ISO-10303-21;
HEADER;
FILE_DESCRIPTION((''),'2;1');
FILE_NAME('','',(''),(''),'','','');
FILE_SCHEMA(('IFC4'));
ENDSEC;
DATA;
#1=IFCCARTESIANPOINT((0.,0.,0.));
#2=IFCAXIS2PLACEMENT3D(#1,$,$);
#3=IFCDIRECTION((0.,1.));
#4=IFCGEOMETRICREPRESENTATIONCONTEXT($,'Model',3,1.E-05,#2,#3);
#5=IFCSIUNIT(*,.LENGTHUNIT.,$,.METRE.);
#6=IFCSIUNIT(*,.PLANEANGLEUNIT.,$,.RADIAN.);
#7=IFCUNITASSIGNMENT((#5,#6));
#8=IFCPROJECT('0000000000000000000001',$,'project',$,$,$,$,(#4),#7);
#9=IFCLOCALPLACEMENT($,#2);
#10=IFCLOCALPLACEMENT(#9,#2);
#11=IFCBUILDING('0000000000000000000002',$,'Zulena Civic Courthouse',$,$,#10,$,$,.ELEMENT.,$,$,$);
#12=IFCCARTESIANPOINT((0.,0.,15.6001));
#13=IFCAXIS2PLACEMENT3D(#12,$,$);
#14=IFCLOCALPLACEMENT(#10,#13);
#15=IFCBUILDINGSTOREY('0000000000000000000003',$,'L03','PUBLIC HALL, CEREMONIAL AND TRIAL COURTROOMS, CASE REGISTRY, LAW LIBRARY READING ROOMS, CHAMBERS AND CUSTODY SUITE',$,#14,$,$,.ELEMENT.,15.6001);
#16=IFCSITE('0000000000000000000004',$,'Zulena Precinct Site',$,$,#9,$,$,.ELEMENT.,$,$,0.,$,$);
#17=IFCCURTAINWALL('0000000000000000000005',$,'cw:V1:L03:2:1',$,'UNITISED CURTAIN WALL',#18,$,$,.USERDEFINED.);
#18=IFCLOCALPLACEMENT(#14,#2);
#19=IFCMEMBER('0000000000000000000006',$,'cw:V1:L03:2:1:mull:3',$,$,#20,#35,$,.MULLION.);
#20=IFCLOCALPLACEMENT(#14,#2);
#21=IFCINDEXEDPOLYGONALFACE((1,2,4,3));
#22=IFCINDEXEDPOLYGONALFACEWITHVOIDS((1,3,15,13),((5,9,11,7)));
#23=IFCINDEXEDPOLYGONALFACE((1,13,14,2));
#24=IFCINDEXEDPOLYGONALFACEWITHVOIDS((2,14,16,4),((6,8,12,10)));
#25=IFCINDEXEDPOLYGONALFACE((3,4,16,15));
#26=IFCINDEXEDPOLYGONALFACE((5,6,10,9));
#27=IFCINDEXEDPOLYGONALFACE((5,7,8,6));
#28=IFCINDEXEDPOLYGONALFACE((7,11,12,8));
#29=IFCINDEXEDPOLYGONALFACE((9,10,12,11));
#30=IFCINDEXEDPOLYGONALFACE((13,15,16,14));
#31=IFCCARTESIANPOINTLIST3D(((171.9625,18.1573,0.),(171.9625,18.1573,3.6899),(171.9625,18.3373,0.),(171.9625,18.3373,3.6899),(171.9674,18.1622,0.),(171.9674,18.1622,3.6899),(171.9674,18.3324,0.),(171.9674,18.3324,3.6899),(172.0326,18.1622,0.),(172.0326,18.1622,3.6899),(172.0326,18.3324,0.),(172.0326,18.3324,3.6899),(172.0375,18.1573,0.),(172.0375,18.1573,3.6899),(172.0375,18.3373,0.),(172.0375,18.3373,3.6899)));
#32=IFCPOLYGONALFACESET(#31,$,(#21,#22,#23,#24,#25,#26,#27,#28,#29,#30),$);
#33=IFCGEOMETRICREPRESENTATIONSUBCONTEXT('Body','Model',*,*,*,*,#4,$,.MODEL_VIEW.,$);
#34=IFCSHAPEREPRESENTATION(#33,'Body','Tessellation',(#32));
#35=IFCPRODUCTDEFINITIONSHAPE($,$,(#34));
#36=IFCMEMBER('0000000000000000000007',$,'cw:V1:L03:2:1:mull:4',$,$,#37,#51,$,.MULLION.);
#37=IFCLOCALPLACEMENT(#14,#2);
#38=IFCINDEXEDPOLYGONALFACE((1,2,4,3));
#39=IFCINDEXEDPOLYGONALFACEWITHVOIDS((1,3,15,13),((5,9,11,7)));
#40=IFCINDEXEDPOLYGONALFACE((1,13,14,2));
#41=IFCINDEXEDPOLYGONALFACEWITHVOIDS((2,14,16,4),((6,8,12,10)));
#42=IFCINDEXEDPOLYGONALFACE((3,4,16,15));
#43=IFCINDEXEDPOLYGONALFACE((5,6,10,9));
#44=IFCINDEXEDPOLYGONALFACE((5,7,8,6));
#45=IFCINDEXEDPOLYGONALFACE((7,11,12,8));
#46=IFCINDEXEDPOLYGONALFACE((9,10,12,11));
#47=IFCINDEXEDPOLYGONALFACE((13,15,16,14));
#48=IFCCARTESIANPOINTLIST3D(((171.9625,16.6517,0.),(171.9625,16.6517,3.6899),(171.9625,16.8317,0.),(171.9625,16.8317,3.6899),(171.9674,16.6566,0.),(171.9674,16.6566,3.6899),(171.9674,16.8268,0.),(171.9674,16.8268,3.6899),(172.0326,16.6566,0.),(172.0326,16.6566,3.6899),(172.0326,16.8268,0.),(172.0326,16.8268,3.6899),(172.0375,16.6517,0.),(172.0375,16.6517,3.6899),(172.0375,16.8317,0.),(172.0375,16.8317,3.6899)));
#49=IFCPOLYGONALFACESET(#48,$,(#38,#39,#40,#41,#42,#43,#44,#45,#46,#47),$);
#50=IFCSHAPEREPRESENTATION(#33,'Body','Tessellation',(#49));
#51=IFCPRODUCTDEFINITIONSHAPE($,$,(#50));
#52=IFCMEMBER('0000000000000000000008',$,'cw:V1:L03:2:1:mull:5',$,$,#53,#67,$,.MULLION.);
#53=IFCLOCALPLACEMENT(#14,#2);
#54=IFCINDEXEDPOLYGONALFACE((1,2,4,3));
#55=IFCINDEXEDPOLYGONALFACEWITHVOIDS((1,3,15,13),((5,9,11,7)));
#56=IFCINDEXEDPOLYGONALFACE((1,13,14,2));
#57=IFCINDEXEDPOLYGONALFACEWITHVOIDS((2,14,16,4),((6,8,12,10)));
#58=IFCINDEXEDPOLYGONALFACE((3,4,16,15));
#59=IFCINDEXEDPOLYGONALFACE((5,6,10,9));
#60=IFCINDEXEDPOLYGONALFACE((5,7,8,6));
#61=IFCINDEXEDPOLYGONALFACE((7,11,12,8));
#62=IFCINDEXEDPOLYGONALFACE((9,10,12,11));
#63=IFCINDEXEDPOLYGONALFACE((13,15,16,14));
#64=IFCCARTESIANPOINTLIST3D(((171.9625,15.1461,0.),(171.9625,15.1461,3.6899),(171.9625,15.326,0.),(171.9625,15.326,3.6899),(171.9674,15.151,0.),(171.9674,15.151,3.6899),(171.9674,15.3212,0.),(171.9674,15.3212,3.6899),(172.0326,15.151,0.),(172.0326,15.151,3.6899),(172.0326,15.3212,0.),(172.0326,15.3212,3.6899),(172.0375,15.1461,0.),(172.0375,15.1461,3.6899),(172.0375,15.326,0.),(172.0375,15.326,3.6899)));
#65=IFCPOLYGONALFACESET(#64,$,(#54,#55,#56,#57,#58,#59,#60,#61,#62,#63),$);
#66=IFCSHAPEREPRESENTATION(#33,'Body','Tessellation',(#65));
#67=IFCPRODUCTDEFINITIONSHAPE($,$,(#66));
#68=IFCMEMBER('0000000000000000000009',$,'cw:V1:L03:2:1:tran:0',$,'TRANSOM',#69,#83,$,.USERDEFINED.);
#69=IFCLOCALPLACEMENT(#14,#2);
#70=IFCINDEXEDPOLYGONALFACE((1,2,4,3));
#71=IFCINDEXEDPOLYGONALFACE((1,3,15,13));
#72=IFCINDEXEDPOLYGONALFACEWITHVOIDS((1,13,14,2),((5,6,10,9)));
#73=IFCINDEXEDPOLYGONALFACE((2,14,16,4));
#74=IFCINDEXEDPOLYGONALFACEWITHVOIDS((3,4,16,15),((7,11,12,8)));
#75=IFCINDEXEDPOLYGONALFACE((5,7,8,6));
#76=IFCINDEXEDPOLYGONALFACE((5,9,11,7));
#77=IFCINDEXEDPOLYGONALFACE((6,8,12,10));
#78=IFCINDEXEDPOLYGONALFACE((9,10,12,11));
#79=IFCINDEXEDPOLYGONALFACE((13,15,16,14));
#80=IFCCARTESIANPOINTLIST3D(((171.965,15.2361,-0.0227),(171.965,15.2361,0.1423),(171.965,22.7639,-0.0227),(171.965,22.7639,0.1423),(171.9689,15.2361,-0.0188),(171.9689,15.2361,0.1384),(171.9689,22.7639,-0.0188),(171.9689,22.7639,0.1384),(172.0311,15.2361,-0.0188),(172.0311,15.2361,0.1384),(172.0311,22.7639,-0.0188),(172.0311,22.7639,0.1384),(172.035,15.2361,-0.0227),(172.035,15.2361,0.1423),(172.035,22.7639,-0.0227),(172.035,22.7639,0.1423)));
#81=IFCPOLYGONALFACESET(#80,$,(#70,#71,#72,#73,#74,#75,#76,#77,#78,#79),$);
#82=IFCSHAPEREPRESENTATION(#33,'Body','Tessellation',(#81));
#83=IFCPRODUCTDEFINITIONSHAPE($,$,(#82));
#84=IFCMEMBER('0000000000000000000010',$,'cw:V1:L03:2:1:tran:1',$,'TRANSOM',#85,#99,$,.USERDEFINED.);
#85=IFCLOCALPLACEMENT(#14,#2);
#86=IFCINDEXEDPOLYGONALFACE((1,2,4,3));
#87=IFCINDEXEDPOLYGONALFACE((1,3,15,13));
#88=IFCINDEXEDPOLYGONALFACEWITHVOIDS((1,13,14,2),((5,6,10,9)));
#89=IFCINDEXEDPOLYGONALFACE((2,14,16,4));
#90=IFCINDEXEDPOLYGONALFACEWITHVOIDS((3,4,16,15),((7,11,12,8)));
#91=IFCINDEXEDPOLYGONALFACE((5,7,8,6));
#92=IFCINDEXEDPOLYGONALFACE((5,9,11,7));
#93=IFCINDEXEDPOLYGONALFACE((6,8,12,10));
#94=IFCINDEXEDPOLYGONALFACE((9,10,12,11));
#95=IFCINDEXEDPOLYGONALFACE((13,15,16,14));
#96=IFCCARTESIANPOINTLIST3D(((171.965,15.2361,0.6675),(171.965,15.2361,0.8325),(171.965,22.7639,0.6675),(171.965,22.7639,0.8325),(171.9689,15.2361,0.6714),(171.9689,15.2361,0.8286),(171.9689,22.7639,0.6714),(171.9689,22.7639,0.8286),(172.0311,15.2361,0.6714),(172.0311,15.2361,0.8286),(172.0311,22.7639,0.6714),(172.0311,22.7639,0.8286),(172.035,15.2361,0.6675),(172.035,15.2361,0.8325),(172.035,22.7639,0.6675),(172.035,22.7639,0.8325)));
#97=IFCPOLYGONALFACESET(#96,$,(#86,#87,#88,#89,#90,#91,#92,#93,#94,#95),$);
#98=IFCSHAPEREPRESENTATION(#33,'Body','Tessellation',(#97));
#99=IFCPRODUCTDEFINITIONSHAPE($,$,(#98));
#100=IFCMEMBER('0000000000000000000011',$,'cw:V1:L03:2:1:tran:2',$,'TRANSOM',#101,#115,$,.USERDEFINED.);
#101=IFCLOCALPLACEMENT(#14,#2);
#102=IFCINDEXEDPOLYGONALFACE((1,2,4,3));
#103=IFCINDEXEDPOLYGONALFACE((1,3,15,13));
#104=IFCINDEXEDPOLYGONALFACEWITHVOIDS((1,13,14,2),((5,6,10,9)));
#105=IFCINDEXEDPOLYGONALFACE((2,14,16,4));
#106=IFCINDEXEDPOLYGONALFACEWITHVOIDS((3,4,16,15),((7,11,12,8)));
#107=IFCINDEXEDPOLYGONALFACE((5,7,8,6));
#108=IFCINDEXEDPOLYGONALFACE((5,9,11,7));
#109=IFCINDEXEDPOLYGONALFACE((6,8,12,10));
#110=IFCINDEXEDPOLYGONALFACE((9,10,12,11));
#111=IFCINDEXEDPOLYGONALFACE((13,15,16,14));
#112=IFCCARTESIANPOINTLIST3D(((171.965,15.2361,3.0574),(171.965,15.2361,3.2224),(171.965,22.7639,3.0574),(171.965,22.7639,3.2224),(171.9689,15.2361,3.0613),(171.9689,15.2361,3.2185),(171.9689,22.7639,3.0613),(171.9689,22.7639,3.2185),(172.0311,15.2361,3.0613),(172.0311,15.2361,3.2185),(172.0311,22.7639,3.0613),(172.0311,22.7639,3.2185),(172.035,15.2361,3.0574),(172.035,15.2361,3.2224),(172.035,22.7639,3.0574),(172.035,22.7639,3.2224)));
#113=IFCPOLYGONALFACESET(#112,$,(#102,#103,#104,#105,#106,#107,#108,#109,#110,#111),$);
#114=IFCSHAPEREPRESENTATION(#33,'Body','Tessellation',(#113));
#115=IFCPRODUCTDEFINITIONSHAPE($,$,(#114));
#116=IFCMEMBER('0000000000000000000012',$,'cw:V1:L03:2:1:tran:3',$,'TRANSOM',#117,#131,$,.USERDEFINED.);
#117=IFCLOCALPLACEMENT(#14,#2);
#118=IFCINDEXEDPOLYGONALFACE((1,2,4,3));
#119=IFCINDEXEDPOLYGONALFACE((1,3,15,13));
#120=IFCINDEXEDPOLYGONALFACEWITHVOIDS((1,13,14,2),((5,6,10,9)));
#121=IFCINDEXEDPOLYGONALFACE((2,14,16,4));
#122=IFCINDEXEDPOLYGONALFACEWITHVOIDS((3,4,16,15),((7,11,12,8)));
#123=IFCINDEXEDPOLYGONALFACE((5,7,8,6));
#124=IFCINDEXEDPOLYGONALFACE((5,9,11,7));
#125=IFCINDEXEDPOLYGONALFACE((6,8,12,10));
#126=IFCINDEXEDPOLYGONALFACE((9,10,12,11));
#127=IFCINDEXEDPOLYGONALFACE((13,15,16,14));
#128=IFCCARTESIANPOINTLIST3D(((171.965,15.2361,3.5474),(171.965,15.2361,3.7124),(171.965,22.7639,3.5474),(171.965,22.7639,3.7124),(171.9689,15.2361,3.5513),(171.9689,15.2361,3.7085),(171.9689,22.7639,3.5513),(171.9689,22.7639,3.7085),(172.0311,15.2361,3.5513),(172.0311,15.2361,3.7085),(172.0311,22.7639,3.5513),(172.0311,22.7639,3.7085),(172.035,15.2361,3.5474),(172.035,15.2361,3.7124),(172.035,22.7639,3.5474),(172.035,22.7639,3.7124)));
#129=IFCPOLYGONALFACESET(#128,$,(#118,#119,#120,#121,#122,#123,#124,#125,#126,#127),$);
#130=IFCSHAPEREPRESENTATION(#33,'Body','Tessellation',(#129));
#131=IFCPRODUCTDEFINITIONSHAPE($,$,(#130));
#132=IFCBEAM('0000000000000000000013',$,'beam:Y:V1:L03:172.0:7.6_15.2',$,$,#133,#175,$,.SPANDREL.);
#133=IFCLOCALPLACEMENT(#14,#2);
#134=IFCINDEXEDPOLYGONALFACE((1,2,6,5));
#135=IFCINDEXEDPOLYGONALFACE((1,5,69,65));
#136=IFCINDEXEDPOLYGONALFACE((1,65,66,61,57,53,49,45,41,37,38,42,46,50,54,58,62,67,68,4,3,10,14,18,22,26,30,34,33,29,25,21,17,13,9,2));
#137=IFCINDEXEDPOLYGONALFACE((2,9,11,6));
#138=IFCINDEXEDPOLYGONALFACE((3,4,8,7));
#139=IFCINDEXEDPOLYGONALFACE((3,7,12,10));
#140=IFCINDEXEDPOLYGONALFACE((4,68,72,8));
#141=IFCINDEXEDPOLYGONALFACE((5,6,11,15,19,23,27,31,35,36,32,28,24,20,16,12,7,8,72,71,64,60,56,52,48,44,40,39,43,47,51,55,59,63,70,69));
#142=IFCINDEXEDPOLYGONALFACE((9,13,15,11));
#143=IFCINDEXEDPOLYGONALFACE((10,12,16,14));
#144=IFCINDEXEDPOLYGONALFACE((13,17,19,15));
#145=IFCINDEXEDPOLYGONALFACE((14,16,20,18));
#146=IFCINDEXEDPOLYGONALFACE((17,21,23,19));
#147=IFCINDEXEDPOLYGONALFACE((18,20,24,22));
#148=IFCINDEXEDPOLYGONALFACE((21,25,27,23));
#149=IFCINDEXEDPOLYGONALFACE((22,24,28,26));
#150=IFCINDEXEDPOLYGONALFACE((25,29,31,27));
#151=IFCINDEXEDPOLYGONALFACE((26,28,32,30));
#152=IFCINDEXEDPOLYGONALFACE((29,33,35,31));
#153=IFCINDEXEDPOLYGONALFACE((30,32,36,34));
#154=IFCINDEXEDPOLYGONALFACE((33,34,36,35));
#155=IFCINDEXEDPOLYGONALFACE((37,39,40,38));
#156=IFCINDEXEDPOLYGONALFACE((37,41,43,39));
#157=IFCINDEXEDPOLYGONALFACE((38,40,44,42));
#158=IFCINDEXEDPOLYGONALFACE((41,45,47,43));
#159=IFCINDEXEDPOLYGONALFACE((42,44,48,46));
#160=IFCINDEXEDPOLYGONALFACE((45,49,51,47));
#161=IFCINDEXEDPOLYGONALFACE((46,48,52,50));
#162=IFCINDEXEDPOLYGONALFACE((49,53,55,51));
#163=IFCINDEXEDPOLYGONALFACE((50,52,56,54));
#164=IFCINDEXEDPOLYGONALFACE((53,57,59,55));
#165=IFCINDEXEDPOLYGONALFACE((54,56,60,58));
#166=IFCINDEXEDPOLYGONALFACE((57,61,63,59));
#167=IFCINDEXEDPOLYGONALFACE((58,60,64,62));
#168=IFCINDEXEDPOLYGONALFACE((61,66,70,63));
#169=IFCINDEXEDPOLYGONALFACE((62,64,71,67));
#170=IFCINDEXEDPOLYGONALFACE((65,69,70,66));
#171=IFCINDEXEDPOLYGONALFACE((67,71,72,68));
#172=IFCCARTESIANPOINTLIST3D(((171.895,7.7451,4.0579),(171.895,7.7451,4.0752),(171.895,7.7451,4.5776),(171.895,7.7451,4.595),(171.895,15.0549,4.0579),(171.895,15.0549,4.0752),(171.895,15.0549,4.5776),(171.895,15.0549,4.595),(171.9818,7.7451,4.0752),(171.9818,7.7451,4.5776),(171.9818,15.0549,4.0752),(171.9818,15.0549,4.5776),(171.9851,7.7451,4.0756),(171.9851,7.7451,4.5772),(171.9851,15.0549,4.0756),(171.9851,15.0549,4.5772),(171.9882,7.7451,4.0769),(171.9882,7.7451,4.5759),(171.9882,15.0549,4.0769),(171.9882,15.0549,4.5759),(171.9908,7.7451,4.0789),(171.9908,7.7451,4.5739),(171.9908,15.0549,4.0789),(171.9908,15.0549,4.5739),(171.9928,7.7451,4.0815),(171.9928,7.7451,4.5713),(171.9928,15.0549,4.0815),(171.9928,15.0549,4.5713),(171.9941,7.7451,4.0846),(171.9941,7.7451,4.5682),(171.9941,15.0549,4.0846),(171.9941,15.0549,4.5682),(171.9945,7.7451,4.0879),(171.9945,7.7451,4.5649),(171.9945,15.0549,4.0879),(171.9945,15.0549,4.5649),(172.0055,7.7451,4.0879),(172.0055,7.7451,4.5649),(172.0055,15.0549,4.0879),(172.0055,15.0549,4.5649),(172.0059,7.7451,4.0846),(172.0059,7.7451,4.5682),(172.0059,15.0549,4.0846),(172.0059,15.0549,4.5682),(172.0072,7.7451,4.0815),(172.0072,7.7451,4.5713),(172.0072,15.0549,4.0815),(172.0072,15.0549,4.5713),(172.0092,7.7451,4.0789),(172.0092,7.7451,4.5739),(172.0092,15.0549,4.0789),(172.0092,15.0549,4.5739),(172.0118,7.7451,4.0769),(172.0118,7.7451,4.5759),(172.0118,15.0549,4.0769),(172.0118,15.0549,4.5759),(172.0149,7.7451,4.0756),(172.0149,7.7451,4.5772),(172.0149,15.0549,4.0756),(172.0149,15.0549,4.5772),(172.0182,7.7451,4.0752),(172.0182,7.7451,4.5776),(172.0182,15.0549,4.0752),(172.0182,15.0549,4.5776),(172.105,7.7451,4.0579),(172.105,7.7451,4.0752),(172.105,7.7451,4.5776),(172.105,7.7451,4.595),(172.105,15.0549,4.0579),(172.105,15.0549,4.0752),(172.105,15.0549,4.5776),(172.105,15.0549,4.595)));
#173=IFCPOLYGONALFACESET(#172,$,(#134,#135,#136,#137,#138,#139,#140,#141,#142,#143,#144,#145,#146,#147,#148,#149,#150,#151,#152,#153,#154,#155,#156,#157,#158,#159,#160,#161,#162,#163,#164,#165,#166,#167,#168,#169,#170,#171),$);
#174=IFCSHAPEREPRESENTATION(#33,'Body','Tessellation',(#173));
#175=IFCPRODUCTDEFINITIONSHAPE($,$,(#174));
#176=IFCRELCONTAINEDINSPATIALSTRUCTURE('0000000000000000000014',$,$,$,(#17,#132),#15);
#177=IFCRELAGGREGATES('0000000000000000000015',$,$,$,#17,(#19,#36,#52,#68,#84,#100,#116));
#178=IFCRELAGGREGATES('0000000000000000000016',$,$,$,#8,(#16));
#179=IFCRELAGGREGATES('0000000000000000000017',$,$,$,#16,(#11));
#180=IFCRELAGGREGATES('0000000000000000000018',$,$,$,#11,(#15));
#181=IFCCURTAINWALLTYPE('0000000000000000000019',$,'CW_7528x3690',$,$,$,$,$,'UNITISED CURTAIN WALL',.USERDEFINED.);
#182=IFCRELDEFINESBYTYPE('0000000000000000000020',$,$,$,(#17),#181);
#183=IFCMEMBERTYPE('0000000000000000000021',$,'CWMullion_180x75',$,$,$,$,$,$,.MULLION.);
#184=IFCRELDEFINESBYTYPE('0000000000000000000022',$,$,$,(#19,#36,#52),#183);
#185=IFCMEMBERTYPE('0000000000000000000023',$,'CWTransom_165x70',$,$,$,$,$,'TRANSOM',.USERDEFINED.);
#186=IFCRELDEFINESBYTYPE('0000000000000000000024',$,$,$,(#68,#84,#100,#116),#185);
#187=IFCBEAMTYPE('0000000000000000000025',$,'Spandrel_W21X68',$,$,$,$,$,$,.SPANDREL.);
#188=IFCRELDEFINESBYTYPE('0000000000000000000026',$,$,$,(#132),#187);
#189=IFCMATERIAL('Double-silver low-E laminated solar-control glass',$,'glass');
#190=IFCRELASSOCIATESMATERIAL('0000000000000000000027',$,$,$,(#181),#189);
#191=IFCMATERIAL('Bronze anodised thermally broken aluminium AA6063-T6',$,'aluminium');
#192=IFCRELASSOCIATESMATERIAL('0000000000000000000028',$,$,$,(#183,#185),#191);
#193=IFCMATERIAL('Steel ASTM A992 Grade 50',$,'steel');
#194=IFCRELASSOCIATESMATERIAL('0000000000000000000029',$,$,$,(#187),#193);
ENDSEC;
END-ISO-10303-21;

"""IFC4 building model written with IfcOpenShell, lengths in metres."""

from ifc_helpers import new_model, si_unit, direction, frame, origin, origin_2d, place, context, subcontext, project, spatial, hollow_rectangle, i_section, extrude, material, material_profile, profile_set, type_object, element, aggregate, save


model = new_model("IFC4")

# Units and contexts
model_context = context("Model", 3, precision=1e-05, world=origin(), true_north=direction((0.0, 1.0)))
body_context = subcontext(model_context, "Body", "Model", "MODEL_VIEW")
ifc_project = project(units=[si_unit("LENGTHUNIT", "METRE"), si_unit("PLANEANGLEUNIT", "RADIAN")], contexts=[model_context])

# Site, building, storey
site_placement = place(None, origin())
site = spatial("IfcSite", under=ifc_project, at=site_placement, Name="Zulena Precinct Site", CompositionType="ELEMENT", RefElevation=0.0)
building_placement = place(site_placement, origin())
building = spatial("IfcBuilding", under=site, at=building_placement, Name="Zulena Civic Courthouse", CompositionType="ELEMENT")
storey_placement = place(building_placement, frame((0.0, 0.0, 15.6001)))
storey = spatial("IfcBuildingStorey", under=building, at=storey_placement, Name="L03", Description="PUBLIC HALL, CEREMONIAL AND TRIAL COURTROOMS, CASE REGISTRY, LAW LIBRARY READING ROOMS, CHAMBERS AND CUSTODY SUITE", CompositionType="ELEMENT", Elevation=15.6001)

# Shared definitions
ifc_material_1 = material(Name="Steel ASTM A992 Grade 50", Category="steel")

# Curtain wall, members
ifc_material_2 = material(Name="Double-silver low-E laminated solar-control glass", Category="glass")
curtain_wall_type = type_object("IfcCurtainWallType", Name="CW_7528x3690", ElementType="UNITISED CURTAIN WALL", PredefinedType="USERDEFINED", material=ifc_material_2)
curtain_wall_placement = place(storey_placement, origin())
curtain_wall = element("IfcCurtainWall", 1, at=curtain_wall_placement, inside=storey, type_object=curtain_wall_type, Name="cw:V1:L03:2:1", ObjectType="UNITISED CURTAIN WALL", PredefinedType="USERDEFINED")
ifc_material_3 = material(Name="Bronze anodised thermally broken aluminium AA6063-T6", Category="aluminium")
ifc_material_profile_1 = material_profile(ifc_material_3, hollow_rectangle(XDim=0.075, YDim=0.1799, WallThickness=0.0049, at=origin_2d()), Name="CWM180X75X5")
ifc_profile_set_1 = profile_set([ifc_material_profile_1], Name="Bronze anodised thermally broken aluminium AA6063-T6")
member_type_1 = type_object("IfcMemberType", Name="CWMullion_180x75", PredefinedType="MULLION", material=ifc_profile_set_1)
member_1_placement = place(storey_placement, frame((172.0, 18.2473, 0.0), z_axis=(0.0, 0.0, 1.0), x_axis=(1.0, 0.0, 0.0)))
member_1 = element("IfcMember", 2, at=member_1_placement, type_object=member_type_1, Name="cw:V1:L03:2:1:mull:3", PredefinedType="MULLION", context=body_context, shape_type="SweptSolid", body=[
    extrude(hollow_rectangle(XDim=0.075, YDim=0.1799, WallThickness=0.0049, at=origin_2d()), origin(), (0.0, 0.0, 1.0), 3.6899),
])
member_2_placement = place(storey_placement, frame((172.0, 16.7417, 0.0), z_axis=(0.0, 0.0, 1.0), x_axis=(1.0, 0.0, 0.0)))
member_2 = element("IfcMember", 3, at=member_2_placement, type_object=member_type_1, Name="cw:V1:L03:2:1:mull:4", PredefinedType="MULLION", context=body_context, shape_type="SweptSolid", body=[
    extrude(hollow_rectangle(XDim=0.075, YDim=0.1799, WallThickness=0.0049, at=origin_2d()), origin(), (0.0, 0.0, 1.0), 3.6899),
])
member_3_placement = place(storey_placement, frame((172.0, 15.2361, 0.0), z_axis=(0.0, 0.0, 1.0), x_axis=(1.0, 0.0, 0.0)))
member_3 = element("IfcMember", 4, at=member_3_placement, type_object=member_type_1, Name="cw:V1:L03:2:1:mull:5", PredefinedType="MULLION", context=body_context, shape_type="SweptSolid", body=[
    extrude(hollow_rectangle(XDim=0.075, YDim=0.1799, WallThickness=0.0049, at=origin_2d()), origin(), (0.0, 0.0, 1.0), 3.6899),
])
ifc_material_profile_2 = material_profile(ifc_material_3, hollow_rectangle(XDim=0.0701, YDim=0.165, WallThickness=0.0039, at=origin_2d()), Name="CWT165X70X4")
ifc_profile_set_2 = profile_set([ifc_material_profile_2], Name="Bronze anodised thermally broken aluminium AA6063-T6")
member_type_2 = type_object("IfcMemberType", Name="CWTransom_165x70", ElementType="TRANSOM", PredefinedType="USERDEFINED", material=ifc_profile_set_2)
member_4_placement = place(storey_placement, frame((172.0, 22.7639, 0.0598), z_axis=(0.0, -1.0, 0.0), x_axis=(1.0, 0.0, 0.0)))
member_4 = element("IfcMember", 5, at=member_4_placement, type_object=member_type_2, Name="cw:V1:L03:2:1:tran:0", ObjectType="TRANSOM", PredefinedType="USERDEFINED", context=body_context, shape_type="SweptSolid", body=[
    extrude(hollow_rectangle(XDim=0.0701, YDim=0.165, WallThickness=0.0039, at=origin_2d()), origin(), (0.0, 0.0, 1.0), 7.5278),
])
member_5_placement = place(storey_placement, frame((172.0, 22.7639, 0.75), z_axis=(0.0, -1.0, 0.0), x_axis=(1.0, 0.0, 0.0)))
member_5 = element("IfcMember", 6, at=member_5_placement, type_object=member_type_2, Name="cw:V1:L03:2:1:tran:1", ObjectType="TRANSOM", PredefinedType="USERDEFINED", context=body_context, shape_type="SweptSolid", body=[
    extrude(hollow_rectangle(XDim=0.0701, YDim=0.165, WallThickness=0.0039, at=origin_2d()), origin(), (0.0, 0.0, 1.0), 7.5278),
])
member_6_placement = place(storey_placement, frame((172.0, 22.7639, 3.1399), z_axis=(0.0, -1.0, 0.0), x_axis=(1.0, 0.0, 0.0)))
member_6 = element("IfcMember", 7, at=member_6_placement, type_object=member_type_2, Name="cw:V1:L03:2:1:tran:2", ObjectType="TRANSOM", PredefinedType="USERDEFINED", context=body_context, shape_type="SweptSolid", body=[
    extrude(hollow_rectangle(XDim=0.0701, YDim=0.165, WallThickness=0.0039, at=origin_2d()), origin(), (0.0, 0.0, 1.0), 7.5278),
])
member_7_placement = place(storey_placement, frame((172.0, 22.7639, 3.6299), z_axis=(0.0, -1.0, 0.0), x_axis=(1.0, 0.0, 0.0)))
member_7 = element("IfcMember", 8, at=member_7_placement, type_object=member_type_2, Name="cw:V1:L03:2:1:tran:3", ObjectType="TRANSOM", PredefinedType="USERDEFINED", context=body_context, shape_type="SweptSolid", body=[
    extrude(hollow_rectangle(XDim=0.0701, YDim=0.165, WallThickness=0.0039, at=origin_2d()), origin(), (0.0, 0.0, 1.0), 7.5278),
])

# Beam
ifc_material_profile_3 = material_profile(ifc_material_1, i_section(OverallWidth=0.21, OverallDepth=0.5371, WebThickness=0.011, FlangeThickness=0.0173, FilletRadius=0.0127, at=origin_2d()), Name="W21X68")
ifc_profile_set_3 = profile_set([ifc_material_profile_3], Name="Steel ASTM A992 Grade 50")
beam_type = type_object("IfcBeamType", Name="Spandrel_W21X68", PredefinedType="SPANDREL", material=ifc_profile_set_3)
beam_1_placement = place(storey_placement, frame((172.0, 7.7451, 4.3264), z_axis=(0.0, 1.0, 0.0), x_axis=(-1.0, 0.0, 0.0)))
element("IfcBeam", 9, at=beam_1_placement, inside=storey, type_object=beam_type, Name="beam:Y:V1:L03:172.0:7.6_15.2", PredefinedType="SPANDREL", context=body_context, shape_type="SweptSolid", body=[
    extrude(i_section(OverallWidth=0.21, OverallDepth=0.5371, WebThickness=0.011, FlangeThickness=0.0173, FilletRadius=0.0127, at=origin_2d()), origin(), (0.0, 0.0, 1.0), 7.3098),
])

aggregate(curtain_wall, [member_1, member_2, member_3, member_4, member_5, member_6, member_7])

save(model, "model.ifc")
